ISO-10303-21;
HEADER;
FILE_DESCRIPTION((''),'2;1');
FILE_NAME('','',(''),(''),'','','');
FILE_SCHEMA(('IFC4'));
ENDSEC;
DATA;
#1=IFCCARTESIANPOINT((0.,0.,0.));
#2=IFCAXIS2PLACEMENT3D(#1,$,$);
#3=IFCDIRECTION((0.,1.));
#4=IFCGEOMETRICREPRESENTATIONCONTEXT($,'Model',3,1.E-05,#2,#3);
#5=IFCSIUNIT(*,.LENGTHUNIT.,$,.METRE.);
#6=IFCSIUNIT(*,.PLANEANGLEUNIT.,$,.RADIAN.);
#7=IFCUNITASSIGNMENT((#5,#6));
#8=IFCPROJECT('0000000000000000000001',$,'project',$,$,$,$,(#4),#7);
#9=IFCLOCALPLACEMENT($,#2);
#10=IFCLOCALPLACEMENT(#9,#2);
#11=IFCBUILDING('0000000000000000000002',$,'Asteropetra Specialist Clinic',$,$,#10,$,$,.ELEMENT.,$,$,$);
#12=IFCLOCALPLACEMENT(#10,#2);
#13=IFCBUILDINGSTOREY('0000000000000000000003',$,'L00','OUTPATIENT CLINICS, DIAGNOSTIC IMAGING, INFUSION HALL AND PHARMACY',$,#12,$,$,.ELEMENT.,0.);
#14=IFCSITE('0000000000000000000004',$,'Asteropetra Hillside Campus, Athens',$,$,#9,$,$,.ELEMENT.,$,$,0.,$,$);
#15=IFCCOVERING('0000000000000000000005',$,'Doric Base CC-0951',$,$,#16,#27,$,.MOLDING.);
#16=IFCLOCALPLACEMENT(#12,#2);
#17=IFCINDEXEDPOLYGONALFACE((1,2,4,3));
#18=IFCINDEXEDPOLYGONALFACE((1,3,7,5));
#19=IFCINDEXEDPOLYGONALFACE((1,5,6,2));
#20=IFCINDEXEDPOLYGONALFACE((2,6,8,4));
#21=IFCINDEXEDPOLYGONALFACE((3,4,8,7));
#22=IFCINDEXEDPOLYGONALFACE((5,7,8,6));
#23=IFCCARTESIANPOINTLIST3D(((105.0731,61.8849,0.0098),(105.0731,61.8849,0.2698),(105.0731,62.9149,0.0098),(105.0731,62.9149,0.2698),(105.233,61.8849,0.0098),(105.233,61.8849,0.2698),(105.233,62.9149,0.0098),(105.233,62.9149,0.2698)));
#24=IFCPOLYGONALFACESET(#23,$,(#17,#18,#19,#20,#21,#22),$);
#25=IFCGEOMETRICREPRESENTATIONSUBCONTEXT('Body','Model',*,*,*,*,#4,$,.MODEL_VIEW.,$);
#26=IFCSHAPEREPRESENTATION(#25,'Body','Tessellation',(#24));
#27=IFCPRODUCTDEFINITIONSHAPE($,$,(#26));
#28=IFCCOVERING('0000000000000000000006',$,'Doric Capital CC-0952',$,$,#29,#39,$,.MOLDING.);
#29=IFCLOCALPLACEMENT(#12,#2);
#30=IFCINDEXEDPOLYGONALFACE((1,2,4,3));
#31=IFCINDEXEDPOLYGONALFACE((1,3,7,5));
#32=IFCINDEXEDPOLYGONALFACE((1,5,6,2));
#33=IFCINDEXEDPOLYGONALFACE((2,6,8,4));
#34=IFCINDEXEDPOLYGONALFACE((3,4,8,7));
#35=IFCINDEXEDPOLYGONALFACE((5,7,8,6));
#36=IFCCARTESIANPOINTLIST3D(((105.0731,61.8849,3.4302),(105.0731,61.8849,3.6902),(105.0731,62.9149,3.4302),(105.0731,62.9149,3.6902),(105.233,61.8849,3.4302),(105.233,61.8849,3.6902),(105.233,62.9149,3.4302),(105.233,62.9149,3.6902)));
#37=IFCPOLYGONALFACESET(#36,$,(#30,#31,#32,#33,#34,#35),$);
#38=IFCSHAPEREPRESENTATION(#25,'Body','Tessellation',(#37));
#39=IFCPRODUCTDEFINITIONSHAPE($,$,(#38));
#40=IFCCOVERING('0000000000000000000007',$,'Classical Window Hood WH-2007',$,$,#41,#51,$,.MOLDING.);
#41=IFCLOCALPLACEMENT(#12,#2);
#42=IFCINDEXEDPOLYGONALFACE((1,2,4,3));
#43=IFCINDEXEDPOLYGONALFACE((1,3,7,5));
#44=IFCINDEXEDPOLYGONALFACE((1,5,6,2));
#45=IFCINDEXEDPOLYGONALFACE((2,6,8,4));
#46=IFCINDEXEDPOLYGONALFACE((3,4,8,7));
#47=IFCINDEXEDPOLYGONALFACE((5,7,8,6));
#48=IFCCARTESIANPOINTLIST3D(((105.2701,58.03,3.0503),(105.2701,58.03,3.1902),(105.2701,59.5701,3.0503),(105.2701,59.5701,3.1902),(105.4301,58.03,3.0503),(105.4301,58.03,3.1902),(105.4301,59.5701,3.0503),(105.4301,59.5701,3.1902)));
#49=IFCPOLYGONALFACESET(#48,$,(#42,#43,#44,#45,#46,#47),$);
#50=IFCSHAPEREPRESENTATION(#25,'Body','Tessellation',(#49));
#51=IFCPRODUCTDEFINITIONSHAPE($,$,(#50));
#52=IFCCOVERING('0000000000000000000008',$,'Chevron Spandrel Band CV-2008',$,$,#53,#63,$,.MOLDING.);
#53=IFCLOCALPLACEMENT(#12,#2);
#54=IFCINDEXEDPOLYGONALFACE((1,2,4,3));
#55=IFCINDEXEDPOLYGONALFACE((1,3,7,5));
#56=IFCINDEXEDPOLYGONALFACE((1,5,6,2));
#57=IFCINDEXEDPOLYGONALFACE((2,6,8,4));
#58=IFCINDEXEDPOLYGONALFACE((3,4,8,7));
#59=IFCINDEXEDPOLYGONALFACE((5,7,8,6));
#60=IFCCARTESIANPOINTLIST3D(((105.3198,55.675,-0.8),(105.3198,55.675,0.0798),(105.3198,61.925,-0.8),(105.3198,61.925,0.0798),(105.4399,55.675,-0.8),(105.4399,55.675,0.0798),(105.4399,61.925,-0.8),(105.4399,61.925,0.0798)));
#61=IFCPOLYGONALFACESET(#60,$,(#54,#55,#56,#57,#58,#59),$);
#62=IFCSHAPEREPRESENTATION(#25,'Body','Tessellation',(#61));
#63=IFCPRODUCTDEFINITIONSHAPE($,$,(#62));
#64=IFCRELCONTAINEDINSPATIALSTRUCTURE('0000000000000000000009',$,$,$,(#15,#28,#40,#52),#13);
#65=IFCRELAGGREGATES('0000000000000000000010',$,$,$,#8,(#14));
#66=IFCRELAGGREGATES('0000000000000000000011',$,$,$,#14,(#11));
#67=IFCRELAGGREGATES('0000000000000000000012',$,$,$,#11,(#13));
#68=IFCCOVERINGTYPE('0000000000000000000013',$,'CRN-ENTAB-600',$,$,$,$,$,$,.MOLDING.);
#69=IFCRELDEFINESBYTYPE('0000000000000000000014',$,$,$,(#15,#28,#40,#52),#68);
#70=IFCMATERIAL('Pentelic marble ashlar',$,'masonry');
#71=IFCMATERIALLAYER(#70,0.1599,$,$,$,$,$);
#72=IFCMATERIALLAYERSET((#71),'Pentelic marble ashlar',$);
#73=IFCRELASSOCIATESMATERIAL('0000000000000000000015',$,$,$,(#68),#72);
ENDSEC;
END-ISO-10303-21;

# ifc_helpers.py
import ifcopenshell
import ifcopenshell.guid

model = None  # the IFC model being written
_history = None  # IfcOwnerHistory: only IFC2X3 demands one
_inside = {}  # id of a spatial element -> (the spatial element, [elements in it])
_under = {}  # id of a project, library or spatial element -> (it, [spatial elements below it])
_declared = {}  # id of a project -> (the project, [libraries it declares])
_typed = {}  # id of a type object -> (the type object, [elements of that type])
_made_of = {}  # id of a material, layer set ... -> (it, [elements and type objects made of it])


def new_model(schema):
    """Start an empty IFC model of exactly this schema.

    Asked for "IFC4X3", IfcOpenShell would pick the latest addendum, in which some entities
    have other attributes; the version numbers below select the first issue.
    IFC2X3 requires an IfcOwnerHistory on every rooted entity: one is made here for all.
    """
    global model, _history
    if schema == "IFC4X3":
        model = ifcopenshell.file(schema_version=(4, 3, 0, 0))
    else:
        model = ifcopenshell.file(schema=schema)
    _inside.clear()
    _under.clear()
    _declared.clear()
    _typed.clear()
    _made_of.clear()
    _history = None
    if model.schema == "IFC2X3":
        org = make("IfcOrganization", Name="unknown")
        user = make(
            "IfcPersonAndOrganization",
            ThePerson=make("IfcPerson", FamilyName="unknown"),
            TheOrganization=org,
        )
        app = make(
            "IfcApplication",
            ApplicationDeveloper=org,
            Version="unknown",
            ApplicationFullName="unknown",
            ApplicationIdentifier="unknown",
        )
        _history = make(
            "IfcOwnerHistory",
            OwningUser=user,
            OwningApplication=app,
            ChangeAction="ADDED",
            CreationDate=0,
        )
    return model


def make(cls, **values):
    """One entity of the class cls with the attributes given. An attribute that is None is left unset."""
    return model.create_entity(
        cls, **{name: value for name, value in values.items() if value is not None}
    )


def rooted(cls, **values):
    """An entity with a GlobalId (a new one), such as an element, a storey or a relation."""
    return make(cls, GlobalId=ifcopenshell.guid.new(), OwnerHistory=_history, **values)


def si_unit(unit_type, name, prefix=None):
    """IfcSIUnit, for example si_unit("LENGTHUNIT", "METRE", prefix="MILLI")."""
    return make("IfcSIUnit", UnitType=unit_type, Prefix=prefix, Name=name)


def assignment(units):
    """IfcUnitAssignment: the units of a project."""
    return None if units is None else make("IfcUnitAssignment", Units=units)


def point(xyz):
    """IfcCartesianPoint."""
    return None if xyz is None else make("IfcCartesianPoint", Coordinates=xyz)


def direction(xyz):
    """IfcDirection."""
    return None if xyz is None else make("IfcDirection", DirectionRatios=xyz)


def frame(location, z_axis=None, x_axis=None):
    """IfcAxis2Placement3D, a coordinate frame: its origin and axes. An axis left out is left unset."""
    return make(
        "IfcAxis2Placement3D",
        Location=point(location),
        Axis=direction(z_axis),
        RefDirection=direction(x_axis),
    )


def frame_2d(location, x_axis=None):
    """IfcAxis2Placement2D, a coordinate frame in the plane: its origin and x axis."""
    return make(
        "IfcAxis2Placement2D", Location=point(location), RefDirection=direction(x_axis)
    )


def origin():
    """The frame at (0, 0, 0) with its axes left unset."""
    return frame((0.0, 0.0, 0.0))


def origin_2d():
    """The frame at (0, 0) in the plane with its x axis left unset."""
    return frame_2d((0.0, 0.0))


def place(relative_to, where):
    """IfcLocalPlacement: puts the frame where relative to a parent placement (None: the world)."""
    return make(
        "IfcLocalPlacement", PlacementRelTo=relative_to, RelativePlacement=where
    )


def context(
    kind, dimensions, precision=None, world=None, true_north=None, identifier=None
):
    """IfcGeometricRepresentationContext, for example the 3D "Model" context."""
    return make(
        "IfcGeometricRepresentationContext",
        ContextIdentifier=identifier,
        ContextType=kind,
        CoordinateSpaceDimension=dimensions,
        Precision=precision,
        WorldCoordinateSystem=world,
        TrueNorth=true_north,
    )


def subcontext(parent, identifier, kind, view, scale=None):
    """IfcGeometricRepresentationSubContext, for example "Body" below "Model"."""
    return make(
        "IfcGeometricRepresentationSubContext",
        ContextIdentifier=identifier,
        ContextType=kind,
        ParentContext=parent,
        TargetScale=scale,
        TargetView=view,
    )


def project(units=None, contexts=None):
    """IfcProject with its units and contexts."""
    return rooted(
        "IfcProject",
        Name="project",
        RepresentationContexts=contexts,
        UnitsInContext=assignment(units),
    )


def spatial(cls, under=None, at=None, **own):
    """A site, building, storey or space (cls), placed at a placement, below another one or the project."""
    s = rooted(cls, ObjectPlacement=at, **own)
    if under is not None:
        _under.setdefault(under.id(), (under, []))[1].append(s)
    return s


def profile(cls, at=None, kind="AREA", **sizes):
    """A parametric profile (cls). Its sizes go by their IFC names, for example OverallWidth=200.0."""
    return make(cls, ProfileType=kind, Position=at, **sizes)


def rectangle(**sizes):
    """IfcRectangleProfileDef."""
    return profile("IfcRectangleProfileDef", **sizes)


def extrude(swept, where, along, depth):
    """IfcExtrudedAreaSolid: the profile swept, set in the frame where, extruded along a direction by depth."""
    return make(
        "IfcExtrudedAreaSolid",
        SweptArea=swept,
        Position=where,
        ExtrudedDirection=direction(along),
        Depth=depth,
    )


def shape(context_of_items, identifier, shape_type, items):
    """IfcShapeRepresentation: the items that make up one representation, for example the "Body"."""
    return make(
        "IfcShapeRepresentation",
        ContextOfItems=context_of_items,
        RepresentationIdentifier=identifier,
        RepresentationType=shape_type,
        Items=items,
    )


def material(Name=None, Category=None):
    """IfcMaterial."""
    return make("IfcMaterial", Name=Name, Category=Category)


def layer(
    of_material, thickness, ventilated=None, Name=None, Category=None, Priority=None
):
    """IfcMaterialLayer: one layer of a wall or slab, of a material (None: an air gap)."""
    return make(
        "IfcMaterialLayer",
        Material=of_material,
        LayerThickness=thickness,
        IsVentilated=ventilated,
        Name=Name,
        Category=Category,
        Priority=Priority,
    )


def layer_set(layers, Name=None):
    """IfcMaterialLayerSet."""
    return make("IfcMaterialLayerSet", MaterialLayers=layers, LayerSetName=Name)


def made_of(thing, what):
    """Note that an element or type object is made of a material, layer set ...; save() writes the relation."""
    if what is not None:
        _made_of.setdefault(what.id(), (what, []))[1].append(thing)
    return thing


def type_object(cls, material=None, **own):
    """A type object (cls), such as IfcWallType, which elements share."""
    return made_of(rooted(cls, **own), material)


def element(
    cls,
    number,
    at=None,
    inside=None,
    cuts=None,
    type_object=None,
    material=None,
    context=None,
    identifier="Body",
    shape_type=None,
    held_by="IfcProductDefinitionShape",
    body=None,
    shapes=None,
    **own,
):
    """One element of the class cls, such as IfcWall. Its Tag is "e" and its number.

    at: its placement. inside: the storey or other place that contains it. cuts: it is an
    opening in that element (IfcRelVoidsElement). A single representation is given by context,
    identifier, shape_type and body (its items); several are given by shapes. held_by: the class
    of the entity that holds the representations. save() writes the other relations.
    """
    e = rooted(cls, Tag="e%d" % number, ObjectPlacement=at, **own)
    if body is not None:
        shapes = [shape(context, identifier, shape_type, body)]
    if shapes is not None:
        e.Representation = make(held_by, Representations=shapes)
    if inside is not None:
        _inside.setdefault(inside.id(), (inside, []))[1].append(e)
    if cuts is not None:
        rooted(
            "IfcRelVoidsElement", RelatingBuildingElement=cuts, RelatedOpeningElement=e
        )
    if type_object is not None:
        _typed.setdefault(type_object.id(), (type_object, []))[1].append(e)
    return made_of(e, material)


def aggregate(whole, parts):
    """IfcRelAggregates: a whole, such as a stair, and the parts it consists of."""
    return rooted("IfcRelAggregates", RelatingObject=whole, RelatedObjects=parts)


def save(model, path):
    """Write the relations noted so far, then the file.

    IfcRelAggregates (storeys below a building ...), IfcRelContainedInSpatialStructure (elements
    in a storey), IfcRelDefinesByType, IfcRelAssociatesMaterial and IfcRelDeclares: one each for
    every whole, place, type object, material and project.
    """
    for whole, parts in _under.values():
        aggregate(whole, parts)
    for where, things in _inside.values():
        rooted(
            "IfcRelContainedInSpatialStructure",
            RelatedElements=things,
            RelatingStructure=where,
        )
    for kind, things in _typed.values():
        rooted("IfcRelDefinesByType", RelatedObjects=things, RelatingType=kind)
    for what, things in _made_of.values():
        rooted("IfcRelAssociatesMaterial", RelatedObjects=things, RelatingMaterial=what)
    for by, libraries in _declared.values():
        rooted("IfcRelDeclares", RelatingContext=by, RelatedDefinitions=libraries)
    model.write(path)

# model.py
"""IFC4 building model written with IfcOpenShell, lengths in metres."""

from ifc_helpers import new_model, si_unit, direction, frame, origin, origin_2d, place, context, subcontext, project, spatial, rectangle, extrude, material, layer, layer_set, type_object, element, save


model = new_model("IFC4")

# Units and contexts
model_context = context("Model", 3, precision=1e-05, world=origin(), true_north=direction((0.0, 1.0)))
body_context = subcontext(model_context, "Body", "Model", "MODEL_VIEW")
ifc_project = project(units=[si_unit("LENGTHUNIT", "METRE"), si_unit("PLANEANGLEUNIT", "RADIAN")], contexts=[model_context])

# Site, building, storey
site_placement = place(None, origin())
site = spatial("IfcSite", under=ifc_project, at=site_placement, Name="Asteropetra Hillside Campus, Athens", CompositionType="ELEMENT", RefElevation=0.0)
building_placement = place(site_placement, origin())
building = spatial("IfcBuilding", under=site, at=building_placement, Name="Asteropetra Specialist Clinic", CompositionType="ELEMENT")
storey_placement = place(building_placement, origin())
storey = spatial("IfcBuildingStorey", under=building, at=storey_placement, Name="L00", Description="OUTPATIENT CLINICS, DIAGNOSTIC IMAGING, INFUSION HALL AND PHARMACY", CompositionType="ELEMENT", Elevation=0.0)

# Coverings
ifc_material_1 = material(Name="Pentelic marble ashlar", Category="masonry")
ifc_layer_1 = layer(ifc_material_1, 0.1599)
ifc_layer_set_1 = layer_set([ifc_layer_1], Name="Pentelic marble ashlar")
covering_type = type_object("IfcCoveringType", Name="CRN-ENTAB-600", PredefinedType="MOLDING", material=ifc_layer_set_1)
for number, where, z_axis, x_axis, name in (
    (1, (105.1531, 62.3999, 0.0098), (0.0, 0.0, 1.0), (1.0, 0.0, 0.0), "Doric Base CC-0951"),
    (2, (105.1531, 62.3999, 3.4302), (0.0, 0.0, 1.0), (1.0, 0.0, 0.0), "Doric Capital CC-0952"),
):
    element("IfcCovering", number, at=place(storey_placement, frame(where, z_axis=z_axis, x_axis=x_axis)), inside=storey, type_object=covering_type, Name=name, PredefinedType="MOLDING", context=body_context, shape_type="SweptSolid", body=[
        extrude(rectangle(XDim=0.1599, YDim=1.03, at=origin_2d()), origin(), (0.0, 0.0, 1.0), 0.26),
    ])
covering_1_placement = place(storey_placement, frame((105.3501, 58.8, 3.0503), z_axis=(0.0, 0.0, 1.0), x_axis=(1.0, 0.0, 0.0)))
element("IfcCovering", 3, at=covering_1_placement, inside=storey, type_object=covering_type, Name="Classical Window Hood WH-2007", PredefinedType="MOLDING", context=body_context, shape_type="SweptSolid", body=[
    extrude(rectangle(XDim=0.1599, YDim=1.54, at=origin_2d()), origin(), (0.0, 0.0, 1.0), 0.1399),
])
covering_2_placement = place(storey_placement, frame((105.3799, 58.8, -0.8), z_axis=(0.0, 0.0, 1.0), x_axis=(1.0, 0.0, 0.0)))
element("IfcCovering", 4, at=covering_2_placement, inside=storey, type_object=covering_type, Name="Chevron Spandrel Band CV-2008", PredefinedType="MOLDING", context=body_context, shape_type="SweptSolid", body=[
    extrude(rectangle(XDim=0.1201, YDim=6.25, at=origin_2d()), origin(), (0.0, 0.0, 1.0), 0.8799),
])

save(model, "model.ifc")
